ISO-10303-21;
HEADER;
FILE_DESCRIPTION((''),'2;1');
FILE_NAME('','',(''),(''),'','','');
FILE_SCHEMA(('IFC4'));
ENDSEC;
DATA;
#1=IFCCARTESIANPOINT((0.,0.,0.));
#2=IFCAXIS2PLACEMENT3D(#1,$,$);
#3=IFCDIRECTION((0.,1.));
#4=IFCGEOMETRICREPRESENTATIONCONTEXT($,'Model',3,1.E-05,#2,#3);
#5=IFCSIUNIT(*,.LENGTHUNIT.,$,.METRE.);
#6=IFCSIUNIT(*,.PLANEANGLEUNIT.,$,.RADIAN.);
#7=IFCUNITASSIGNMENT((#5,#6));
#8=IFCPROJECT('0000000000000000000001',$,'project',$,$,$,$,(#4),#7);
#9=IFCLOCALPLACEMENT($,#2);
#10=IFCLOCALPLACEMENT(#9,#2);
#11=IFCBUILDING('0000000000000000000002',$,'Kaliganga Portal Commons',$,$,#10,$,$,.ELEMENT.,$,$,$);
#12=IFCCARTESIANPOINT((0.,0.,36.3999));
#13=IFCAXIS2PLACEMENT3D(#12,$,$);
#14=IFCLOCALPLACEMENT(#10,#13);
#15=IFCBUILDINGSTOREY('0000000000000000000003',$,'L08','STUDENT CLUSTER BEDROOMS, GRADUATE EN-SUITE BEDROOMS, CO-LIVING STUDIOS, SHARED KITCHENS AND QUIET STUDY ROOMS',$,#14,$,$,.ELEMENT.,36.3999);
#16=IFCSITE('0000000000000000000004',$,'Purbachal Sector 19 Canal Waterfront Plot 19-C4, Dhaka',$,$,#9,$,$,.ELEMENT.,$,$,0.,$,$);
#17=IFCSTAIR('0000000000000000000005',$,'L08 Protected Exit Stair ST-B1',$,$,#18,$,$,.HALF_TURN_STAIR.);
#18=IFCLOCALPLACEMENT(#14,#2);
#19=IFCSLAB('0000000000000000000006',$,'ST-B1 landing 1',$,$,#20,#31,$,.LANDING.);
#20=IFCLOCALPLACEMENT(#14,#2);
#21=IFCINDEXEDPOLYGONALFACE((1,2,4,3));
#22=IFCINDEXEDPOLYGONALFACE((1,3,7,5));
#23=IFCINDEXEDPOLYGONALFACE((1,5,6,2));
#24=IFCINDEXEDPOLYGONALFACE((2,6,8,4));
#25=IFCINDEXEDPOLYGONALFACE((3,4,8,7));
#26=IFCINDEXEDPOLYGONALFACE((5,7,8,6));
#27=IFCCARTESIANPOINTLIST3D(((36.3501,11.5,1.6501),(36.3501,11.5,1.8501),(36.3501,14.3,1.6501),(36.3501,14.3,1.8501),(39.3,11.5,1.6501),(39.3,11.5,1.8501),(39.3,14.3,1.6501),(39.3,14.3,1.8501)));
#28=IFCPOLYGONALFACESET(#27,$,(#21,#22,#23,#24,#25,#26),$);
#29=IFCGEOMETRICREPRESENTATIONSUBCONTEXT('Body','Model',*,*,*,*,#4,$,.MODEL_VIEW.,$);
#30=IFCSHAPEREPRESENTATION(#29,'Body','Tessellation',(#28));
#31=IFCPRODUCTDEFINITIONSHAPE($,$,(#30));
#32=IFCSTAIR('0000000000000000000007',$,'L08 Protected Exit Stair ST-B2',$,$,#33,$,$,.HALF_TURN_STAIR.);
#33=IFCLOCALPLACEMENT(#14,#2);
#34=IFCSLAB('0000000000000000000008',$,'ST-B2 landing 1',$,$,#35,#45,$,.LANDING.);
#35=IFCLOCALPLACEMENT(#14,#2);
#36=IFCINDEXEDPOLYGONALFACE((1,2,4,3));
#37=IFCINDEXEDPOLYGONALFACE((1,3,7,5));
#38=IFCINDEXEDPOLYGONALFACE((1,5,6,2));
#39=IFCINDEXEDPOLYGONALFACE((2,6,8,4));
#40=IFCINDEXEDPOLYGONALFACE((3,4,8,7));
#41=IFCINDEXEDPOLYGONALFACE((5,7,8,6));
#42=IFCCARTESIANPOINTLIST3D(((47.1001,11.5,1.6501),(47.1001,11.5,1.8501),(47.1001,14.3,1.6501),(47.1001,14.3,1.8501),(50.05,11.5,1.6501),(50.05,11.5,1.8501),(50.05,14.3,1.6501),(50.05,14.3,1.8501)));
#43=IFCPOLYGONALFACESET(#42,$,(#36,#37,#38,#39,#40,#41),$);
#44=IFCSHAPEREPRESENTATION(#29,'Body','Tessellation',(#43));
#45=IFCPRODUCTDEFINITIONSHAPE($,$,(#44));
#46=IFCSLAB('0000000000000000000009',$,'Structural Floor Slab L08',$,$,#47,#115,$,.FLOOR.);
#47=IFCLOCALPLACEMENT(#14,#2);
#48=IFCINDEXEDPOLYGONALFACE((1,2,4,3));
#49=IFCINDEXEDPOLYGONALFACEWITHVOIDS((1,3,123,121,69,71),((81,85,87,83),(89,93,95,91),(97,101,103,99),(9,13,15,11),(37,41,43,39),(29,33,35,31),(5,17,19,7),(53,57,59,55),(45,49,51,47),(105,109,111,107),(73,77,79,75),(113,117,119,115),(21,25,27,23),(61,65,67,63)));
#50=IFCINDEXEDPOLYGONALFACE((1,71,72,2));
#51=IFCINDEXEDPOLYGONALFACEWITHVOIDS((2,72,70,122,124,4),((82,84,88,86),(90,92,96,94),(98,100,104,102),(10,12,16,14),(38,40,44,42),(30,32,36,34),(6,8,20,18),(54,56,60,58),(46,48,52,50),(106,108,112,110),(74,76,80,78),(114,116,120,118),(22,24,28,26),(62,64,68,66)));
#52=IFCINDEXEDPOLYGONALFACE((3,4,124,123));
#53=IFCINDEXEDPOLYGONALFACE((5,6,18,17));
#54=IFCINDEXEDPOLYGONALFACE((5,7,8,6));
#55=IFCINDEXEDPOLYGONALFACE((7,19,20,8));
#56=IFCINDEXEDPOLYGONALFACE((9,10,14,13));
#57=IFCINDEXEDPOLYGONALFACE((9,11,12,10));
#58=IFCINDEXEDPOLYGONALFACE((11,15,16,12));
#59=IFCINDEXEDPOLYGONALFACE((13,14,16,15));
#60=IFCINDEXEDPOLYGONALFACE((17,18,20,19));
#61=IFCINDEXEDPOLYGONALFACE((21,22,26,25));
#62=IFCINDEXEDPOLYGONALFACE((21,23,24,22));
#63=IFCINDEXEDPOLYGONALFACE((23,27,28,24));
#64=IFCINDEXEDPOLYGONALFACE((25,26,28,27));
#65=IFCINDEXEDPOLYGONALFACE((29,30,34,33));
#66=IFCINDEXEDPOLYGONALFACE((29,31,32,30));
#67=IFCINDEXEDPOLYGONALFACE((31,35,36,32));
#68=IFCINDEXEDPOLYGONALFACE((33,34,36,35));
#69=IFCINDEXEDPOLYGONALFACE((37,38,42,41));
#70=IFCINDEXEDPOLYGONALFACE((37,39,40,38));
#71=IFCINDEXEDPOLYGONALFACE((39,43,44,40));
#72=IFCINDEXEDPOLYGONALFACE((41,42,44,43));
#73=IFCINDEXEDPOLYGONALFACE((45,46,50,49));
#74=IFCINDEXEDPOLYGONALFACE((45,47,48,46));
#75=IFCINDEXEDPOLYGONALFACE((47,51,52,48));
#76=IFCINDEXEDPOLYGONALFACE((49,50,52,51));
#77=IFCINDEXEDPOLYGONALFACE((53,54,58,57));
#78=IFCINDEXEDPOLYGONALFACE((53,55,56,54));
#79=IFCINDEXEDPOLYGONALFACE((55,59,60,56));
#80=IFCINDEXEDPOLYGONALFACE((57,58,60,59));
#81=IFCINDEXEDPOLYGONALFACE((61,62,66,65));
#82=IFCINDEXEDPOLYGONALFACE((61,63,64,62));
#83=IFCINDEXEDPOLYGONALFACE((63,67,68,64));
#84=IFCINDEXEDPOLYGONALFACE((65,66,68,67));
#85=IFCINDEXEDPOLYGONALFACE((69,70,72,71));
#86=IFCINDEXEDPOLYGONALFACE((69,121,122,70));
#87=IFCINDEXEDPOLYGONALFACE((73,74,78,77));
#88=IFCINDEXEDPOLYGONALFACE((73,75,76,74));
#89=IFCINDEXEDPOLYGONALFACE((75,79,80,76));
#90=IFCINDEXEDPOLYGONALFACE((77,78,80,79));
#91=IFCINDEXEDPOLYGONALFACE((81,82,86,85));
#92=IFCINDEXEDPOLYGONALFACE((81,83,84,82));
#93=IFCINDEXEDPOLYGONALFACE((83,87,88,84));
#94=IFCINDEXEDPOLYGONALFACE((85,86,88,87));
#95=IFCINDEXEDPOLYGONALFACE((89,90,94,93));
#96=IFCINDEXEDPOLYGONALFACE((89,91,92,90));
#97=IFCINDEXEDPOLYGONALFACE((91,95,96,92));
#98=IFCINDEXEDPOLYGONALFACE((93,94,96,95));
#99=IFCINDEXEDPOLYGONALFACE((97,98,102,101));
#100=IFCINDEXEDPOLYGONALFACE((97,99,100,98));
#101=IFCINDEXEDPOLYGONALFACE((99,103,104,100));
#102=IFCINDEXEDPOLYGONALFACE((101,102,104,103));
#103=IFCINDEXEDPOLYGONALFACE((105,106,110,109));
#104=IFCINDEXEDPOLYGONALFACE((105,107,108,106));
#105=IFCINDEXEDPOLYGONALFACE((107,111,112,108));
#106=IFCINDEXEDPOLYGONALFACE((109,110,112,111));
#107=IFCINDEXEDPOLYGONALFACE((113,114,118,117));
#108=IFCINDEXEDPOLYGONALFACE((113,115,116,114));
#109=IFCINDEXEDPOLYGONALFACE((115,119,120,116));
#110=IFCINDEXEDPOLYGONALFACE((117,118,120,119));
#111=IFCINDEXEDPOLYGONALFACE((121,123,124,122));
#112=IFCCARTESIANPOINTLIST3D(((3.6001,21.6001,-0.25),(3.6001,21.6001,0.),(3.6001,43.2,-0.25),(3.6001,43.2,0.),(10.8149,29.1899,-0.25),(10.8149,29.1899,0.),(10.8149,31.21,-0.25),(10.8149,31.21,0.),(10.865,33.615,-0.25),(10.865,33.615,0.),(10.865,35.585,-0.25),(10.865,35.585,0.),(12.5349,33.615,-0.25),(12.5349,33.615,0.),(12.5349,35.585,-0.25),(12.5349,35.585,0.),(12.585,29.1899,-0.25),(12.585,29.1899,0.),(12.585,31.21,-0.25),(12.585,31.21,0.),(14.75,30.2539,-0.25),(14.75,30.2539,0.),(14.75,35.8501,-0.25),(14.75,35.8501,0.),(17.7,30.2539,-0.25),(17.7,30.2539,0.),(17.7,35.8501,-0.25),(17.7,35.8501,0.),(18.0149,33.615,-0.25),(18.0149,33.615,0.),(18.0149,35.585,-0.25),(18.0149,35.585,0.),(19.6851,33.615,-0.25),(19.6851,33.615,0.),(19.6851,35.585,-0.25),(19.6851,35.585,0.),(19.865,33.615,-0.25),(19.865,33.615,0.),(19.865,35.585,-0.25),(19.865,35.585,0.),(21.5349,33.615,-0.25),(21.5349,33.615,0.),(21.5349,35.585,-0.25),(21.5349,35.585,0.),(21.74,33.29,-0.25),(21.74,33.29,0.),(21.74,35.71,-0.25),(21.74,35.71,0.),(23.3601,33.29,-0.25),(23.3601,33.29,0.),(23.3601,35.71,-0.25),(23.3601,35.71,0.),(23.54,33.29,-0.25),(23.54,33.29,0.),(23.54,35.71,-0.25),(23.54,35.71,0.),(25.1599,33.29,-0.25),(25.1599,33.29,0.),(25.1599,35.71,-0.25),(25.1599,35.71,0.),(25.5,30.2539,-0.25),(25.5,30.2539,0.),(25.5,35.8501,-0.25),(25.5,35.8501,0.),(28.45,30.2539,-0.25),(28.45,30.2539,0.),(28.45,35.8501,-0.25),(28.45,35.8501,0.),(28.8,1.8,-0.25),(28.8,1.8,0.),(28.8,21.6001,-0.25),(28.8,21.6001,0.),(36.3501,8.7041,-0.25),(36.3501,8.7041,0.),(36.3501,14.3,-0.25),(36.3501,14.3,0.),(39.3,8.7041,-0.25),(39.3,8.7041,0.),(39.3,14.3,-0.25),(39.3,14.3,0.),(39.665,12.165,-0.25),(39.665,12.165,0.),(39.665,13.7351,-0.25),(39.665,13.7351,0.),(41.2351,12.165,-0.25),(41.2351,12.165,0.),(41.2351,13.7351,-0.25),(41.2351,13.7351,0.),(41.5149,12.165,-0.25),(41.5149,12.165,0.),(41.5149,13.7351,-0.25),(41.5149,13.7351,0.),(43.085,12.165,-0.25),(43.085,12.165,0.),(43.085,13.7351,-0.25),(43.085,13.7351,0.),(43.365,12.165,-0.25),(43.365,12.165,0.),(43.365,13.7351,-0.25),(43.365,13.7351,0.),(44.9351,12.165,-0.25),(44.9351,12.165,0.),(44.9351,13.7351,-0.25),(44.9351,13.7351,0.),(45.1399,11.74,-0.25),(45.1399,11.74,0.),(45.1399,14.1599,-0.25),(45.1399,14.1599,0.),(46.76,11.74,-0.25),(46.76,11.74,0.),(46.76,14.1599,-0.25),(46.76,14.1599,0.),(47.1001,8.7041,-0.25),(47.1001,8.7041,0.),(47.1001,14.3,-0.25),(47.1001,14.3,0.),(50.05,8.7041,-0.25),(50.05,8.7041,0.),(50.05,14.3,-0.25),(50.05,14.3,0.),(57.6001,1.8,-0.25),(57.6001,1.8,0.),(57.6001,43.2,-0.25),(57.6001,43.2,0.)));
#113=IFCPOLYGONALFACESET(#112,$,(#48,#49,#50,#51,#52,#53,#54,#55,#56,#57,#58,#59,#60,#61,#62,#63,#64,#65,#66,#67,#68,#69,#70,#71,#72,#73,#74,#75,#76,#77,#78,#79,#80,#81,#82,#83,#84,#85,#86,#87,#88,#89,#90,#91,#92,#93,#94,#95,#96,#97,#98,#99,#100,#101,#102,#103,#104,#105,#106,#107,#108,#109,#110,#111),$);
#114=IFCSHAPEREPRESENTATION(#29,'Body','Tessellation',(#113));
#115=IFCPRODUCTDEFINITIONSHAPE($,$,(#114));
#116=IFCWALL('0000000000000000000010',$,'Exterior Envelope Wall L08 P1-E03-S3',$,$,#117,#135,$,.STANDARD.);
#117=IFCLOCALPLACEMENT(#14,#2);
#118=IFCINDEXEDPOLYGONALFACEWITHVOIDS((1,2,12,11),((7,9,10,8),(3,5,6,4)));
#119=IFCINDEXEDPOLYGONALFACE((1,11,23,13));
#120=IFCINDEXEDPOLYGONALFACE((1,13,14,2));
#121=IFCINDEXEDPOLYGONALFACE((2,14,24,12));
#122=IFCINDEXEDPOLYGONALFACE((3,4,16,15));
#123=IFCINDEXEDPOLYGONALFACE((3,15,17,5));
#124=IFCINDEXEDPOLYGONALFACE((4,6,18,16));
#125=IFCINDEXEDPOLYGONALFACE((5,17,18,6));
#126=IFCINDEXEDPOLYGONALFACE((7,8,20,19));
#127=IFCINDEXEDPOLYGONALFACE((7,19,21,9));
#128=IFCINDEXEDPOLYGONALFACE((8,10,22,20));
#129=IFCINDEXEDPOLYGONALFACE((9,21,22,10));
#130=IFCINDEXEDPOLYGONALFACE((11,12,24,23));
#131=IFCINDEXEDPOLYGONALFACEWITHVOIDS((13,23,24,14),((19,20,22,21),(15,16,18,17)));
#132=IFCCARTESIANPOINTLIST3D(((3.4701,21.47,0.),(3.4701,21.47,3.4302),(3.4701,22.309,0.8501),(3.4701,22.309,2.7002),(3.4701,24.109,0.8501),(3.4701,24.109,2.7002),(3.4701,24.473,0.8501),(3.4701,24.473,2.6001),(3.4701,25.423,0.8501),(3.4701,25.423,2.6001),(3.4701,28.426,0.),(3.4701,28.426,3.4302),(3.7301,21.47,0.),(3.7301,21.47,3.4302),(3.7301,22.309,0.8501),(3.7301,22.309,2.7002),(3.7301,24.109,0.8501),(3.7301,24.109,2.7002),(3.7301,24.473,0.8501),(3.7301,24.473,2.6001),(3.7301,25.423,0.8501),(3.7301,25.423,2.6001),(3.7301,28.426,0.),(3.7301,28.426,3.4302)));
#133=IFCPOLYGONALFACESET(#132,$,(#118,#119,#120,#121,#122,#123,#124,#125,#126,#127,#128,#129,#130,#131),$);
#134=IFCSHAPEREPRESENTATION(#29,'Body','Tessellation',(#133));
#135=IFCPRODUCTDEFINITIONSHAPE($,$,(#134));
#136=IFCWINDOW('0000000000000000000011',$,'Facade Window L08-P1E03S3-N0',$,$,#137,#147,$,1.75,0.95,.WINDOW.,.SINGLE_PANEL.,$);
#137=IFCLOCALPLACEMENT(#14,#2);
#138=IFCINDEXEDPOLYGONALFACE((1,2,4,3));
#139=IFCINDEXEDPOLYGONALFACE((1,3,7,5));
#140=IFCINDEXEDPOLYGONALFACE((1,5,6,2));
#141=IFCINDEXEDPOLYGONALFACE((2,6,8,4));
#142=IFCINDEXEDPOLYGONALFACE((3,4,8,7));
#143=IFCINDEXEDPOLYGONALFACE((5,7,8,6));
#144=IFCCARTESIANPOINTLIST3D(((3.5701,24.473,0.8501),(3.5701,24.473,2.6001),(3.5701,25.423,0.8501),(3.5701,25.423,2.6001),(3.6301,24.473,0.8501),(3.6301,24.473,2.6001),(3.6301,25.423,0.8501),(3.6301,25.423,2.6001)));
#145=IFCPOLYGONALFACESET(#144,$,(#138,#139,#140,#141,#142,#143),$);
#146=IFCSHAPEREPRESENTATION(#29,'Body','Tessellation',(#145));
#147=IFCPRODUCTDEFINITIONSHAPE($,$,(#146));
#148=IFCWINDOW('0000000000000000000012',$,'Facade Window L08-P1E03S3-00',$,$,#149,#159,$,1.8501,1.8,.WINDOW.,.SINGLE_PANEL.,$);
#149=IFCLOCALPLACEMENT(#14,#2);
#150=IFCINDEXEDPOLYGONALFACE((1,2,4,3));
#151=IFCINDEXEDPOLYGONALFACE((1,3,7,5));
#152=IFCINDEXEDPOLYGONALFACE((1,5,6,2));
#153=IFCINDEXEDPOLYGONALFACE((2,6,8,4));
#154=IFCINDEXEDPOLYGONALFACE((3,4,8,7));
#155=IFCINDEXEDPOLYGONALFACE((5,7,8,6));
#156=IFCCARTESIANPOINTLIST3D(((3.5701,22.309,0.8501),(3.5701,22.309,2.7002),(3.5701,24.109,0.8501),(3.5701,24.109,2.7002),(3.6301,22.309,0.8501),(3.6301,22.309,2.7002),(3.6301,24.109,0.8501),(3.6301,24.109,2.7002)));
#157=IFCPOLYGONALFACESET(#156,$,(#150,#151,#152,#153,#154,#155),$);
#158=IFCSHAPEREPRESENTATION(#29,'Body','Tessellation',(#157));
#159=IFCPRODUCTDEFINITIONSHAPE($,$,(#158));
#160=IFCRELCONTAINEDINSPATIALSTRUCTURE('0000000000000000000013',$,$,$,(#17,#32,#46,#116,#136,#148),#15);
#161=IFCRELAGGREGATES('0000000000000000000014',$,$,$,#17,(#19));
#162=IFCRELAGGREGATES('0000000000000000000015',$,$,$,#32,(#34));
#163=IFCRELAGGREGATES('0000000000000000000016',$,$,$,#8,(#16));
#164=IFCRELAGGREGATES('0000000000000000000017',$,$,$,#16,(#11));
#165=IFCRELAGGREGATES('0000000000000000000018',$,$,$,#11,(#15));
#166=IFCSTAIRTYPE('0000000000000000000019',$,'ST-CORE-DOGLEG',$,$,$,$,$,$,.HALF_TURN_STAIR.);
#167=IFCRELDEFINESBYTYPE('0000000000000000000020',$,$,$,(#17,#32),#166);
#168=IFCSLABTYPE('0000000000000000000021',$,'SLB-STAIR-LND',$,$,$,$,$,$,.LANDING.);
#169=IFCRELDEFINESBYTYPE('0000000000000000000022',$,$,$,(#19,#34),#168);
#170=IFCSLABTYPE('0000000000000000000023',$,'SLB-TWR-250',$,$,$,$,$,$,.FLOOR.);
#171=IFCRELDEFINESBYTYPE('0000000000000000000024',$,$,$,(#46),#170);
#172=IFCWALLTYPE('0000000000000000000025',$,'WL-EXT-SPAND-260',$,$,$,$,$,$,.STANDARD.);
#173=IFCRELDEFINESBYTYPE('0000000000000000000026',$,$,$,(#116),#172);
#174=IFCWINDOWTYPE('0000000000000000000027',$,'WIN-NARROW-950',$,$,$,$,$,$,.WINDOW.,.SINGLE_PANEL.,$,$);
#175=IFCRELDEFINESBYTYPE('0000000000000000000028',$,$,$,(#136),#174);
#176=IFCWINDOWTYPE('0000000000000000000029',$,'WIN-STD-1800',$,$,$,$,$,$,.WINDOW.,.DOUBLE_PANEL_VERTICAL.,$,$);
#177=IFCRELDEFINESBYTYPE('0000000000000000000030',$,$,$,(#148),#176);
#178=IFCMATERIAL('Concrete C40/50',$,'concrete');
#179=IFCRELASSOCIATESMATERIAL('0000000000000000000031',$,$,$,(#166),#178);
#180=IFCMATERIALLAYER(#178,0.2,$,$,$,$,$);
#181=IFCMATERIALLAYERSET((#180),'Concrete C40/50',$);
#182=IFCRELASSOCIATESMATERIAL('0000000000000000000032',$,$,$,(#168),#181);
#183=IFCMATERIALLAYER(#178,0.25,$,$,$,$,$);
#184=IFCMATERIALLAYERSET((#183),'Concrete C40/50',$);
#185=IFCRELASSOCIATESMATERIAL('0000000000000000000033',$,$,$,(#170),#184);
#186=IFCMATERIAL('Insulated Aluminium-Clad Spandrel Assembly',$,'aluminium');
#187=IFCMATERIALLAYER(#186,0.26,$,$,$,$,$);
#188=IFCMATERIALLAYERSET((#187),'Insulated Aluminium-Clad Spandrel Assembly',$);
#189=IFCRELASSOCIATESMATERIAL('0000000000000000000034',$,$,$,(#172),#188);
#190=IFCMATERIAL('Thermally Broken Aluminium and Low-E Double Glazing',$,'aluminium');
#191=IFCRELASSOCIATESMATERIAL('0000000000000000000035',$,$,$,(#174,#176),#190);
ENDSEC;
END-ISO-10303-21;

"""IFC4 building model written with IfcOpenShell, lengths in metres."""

from ifc_helpers import new_model, si_unit, direction, frame, frame_2d, origin, place, context, subcontext, project, spatial, polyline, rectangle, outline, extrude, material, layer, layer_set, type_object, element, fill, aggregate, save


model = new_model("IFC4")

# Units and contexts
model_context = context("Model", 3, precision=1e-05, world=origin(), true_north=direction((0.0, 1.0)))
body_context = subcontext(model_context, "Body", "Model", "MODEL_VIEW")
ifc_project = project(units=[si_unit("LENGTHUNIT", "METRE"), si_unit("PLANEANGLEUNIT", "RADIAN")], contexts=[model_context])

# Site, building, storey
site_placement = place(None, origin())
site = spatial("IfcSite", under=ifc_project, at=site_placement, Name="Purbachal Sector 19 Canal Waterfront Plot 19-C4, Dhaka", CompositionType="ELEMENT", RefElevation=0.0)
building_placement = place(site_placement, origin())
building = spatial("IfcBuilding", under=site, at=building_placement, Name="Kaliganga Portal Commons", CompositionType="ELEMENT")
storey_placement = place(building_placement, frame((0.0, 0.0, 36.3999)))
storey = spatial("IfcBuildingStorey", under=building, at=storey_placement, Name="L08", Description="STUDENT CLUSTER BEDROOMS, GRADUATE EN-SUITE BEDROOMS, CO-LIVING STUDIOS, SHARED KITCHENS AND QUIET STUDY ROOMS", CompositionType="ELEMENT", Elevation=36.3999)

# Shared definitions
ifc_material_1 = material(Name="Concrete C40/50", Category="concrete")

# Stairs, slabs
stair_type = type_object("IfcStairType", Name="ST-CORE-DOGLEG", PredefinedType="HALF_TURN_STAIR", material=ifc_material_1)
ifc_layer_1 = layer(ifc_material_1, 0.2)
ifc_layer_set_1 = layer_set([ifc_layer_1], Name="Concrete C40/50")
slab_type_1 = type_object("IfcSlabType", Name="SLB-STAIR-LND", PredefinedType="LANDING", material=ifc_layer_set_1)
stair_1_placement = place(storey_placement, origin())
stair_1 = element("IfcStair", 1, at=stair_1_placement, inside=storey, type_object=stair_type, Name="L08 Protected Exit Stair ST-B1", PredefinedType="HALF_TURN_STAIR")
slab_1_placement = place(storey_placement, frame((0.0, 0.0, 1.6501)))
slab_1 = element("IfcSlab", 2, at=slab_1_placement, type_object=slab_type_1, Name="ST-B1 landing 1", PredefinedType="LANDING", context=body_context, shape_type="SweptSolid", body=[
    extrude(outline(polyline([(39.3, 11.5), (39.3, 14.3), (36.3501, 14.3), (36.3501, 11.5), (39.3, 11.5)])), origin(), (0.0, 0.0, 1.0), 0.2),
])
aggregate(stair_1, [slab_1])
stair_2_placement = place(storey_placement, origin())
stair_2 = element("IfcStair", 3, at=stair_2_placement, inside=storey, type_object=stair_type, Name="L08 Protected Exit Stair ST-B2", PredefinedType="HALF_TURN_STAIR")
slab_2_placement = place(storey_placement, frame((0.0, 0.0, 1.6501)))
slab_2 = element("IfcSlab", 4, at=slab_2_placement, type_object=slab_type_1, Name="ST-B2 landing 1", PredefinedType="LANDING", context=body_context, shape_type="SweptSolid", body=[
    extrude(outline(polyline([(50.05, 11.5), (50.05, 14.3), (47.1001, 14.3), (47.1001, 11.5), (50.05, 11.5)])), origin(), (0.0, 0.0, 1.0), 0.2),
])
aggregate(stair_2, [slab_2])

# Slab
ifc_layer_2 = layer(ifc_material_1, 0.25)
ifc_layer_set_2 = layer_set([ifc_layer_2], Name="Concrete C40/50")
slab_type_2 = type_object("IfcSlabType", Name="SLB-TWR-250", PredefinedType="FLOOR", material=ifc_layer_set_2)
slab_3_placement = place(storey_placement, frame((0.0, 0.0, -0.25)))
element("IfcSlab", 5, at=slab_3_placement, inside=storey, type_object=slab_type_2, Name="Structural Floor Slab L08", PredefinedType="FLOOR", context=body_context, shape_type="SweptSolid", body=[
    extrude(outline(polyline([(28.8, 1.8), (57.6001, 1.8), (57.6001, 43.2), (3.6001, 43.2), (3.6001, 21.6001), (28.8, 21.6001), (28.8, 1.8)]), holes=[polyline([(14.75, 30.2539), (14.75, 35.8501), (17.7, 35.8501), (17.7, 30.2539), (14.75, 30.2539)]), polyline([(25.5, 30.2539), (25.5, 35.8501), (28.45, 35.8501), (28.45, 30.2539), (25.5, 30.2539)]), polyline([(36.3501, 8.7041), (36.3501, 14.3), (39.3, 14.3), (39.3, 8.7041), (36.3501, 8.7041)]), polyline([(47.1001, 8.7041), (47.1001, 14.3), (50.05, 14.3), (50.05, 8.7041), (47.1001, 8.7041)]), polyline([(18.0149, 33.615), (18.0149, 35.585), (19.6851, 35.585), (19.6851, 33.615), (18.0149, 33.615)]), polyline([(19.865, 33.615), (19.865, 35.585), (21.5349, 35.585), (21.5349, 33.615), (19.865, 33.615)]), polyline([(10.8149, 29.1899), (10.8149, 31.21), (12.585, 31.21), (12.585, 29.1899), (10.8149, 29.1899)]), polyline([(10.865, 33.615), (10.865, 35.585), (12.5349, 35.585), (12.5349, 33.615), (10.865, 33.615)]), polyline([(21.74, 33.29), (21.74, 35.71), (23.3601, 35.71), (23.3601, 33.29), (21.74, 33.29)]), polyline([(23.54, 33.29), (23.54, 35.71), (25.1599, 35.71), (25.1599, 33.29), (23.54, 33.29)]), polyline([(39.665, 12.165), (39.665, 13.7351), (41.2351, 13.7351), (41.2351, 12.165), (39.665, 12.165)]), polyline([(41.5149, 12.165), (41.5149, 13.7351), (43.085, 13.7351), (43.085, 12.165), (41.5149, 12.165)]), polyline([(43.365, 12.165), (43.365, 13.7351), (44.9351, 13.7351), (44.9351, 12.165), (43.365, 12.165)]), polyline([(45.1399, 11.74), (45.1399, 14.1599), (46.76, 14.1599), (46.76, 11.74), (45.1399, 11.74)])]), origin(), (0.0, 0.0, 1.0), 0.25),
])

# Wall, openings, windows
ifc_material_2 = material(Name="Insulated Aluminium-Clad Spandrel Assembly", Category="aluminium")
ifc_layer_3 = layer(ifc_material_2, 0.26)
ifc_layer_set_3 = layer_set([ifc_layer_3], Name="Insulated Aluminium-Clad Spandrel Assembly")
wall_type_1 = type_object("IfcWallType", Name="WL-EXT-SPAND-260", PredefinedType="STANDARD", material=ifc_layer_set_3)
wall_1_placement = place(storey_placement, frame((3.6001, 21.47, 0.0), z_axis=(0.0, 0.0, 1.0), x_axis=(0.0, 1.0, 0.0)))
wall_1 = element("IfcWall", 6, at=wall_1_placement, inside=storey, type_object=wall_type_1, Name="Exterior Envelope Wall L08 P1-E03-S3", PredefinedType="STANDARD", context=body_context, shape_type="SweptSolid", body=[
    extrude(rectangle(XDim=6.9561, YDim=0.26, at=frame_2d((3.478, 0.0))), origin(), (0.0, 0.0, 1.0), 3.4302),
])
opening_1_placement = place(wall_1_placement, frame((0.8391, 0.0, 0.8501)))
opening_1 = element("IfcOpeningElement", 7, at=opening_1_placement, cuts=wall_1, PredefinedType="OPENING", context=body_context, shape_type="SweptSolid", body=[
    extrude(rectangle(XDim=1.8, YDim=1.8501, at=frame_2d((0.8999, 0.925))), frame((0.0, 0.1401, 0.0), z_axis=(0.0, -1.0, 0.0), x_axis=(1.0, 0.0, 0.0)), (0.0, 0.0, 1.0), 0.28),
])
opening_2_placement = place(wall_1_placement, frame((3.0029, 0.0, 0.8501)))
opening_2 = element("IfcOpeningElement", 8, at=opening_2_placement, cuts=wall_1, PredefinedType="OPENING", context=body_context, shape_type="SweptSolid", body=[
    extrude(rectangle(XDim=0.95, YDim=1.75, at=frame_2d((0.4751, 0.875))), frame((0.0, 0.1401, 0.0), z_axis=(0.0, -1.0, 0.0), x_axis=(1.0, 0.0, 0.0)), (0.0, 0.0, 1.0), 0.28),
])
ifc_material_3 = material(Name="Thermally Broken Aluminium and Low-E Double Glazing", Category="aluminium")
window_type_1 = type_object("IfcWindowType", Name="WIN-NARROW-950", PartitioningType="SINGLE_PANEL", PredefinedType="WINDOW", material=ifc_material_3)
window_1_placement = place(opening_2_placement, origin())
window_1 = element("IfcWindow", 9, at=window_1_placement, inside=storey, type_object=window_type_1, Name="Facade Window L08-P1E03S3-N0", OverallHeight=1.75, OverallWidth=0.95, PartitioningType="SINGLE_PANEL", PredefinedType="WINDOW", context=body_context, shape_type="SweptSolid", body=[
    extrude(rectangle(XDim=0.95, YDim=1.75, at=frame_2d((0.4751, 0.875))), frame((0.0, 0.03, 0.0), z_axis=(0.0, -1.0, 0.0), x_axis=(1.0, 0.0, 0.0)), (0.0, 0.0, 1.0), 0.0601),
])
fill(opening_2, window_1)
window_type_2 = type_object("IfcWindowType", Name="WIN-STD-1800", PartitioningType="DOUBLE_PANEL_VERTICAL", PredefinedType="WINDOW", material=ifc_material_3)
window_2_placement = place(opening_1_placement, origin())
window_2 = element("IfcWindow", 10, at=window_2_placement, inside=storey, type_object=window_type_2, Name="Facade Window L08-P1E03S3-00", OverallHeight=1.8501, OverallWidth=1.8, PartitioningType="SINGLE_PANEL", PredefinedType="WINDOW", context=body_context, shape_type="SweptSolid", body=[
    extrude(rectangle(XDim=1.8, YDim=1.8501, at=frame_2d((0.8999, 0.925))), frame((0.0, 0.03, 0.0), z_axis=(0.0, -1.0, 0.0), x_axis=(1.0, 0.0, 0.0)), (0.0, 0.0, 1.0), 0.0601),
])
fill(opening_1, window_2)

save(model, "model.ifc")
